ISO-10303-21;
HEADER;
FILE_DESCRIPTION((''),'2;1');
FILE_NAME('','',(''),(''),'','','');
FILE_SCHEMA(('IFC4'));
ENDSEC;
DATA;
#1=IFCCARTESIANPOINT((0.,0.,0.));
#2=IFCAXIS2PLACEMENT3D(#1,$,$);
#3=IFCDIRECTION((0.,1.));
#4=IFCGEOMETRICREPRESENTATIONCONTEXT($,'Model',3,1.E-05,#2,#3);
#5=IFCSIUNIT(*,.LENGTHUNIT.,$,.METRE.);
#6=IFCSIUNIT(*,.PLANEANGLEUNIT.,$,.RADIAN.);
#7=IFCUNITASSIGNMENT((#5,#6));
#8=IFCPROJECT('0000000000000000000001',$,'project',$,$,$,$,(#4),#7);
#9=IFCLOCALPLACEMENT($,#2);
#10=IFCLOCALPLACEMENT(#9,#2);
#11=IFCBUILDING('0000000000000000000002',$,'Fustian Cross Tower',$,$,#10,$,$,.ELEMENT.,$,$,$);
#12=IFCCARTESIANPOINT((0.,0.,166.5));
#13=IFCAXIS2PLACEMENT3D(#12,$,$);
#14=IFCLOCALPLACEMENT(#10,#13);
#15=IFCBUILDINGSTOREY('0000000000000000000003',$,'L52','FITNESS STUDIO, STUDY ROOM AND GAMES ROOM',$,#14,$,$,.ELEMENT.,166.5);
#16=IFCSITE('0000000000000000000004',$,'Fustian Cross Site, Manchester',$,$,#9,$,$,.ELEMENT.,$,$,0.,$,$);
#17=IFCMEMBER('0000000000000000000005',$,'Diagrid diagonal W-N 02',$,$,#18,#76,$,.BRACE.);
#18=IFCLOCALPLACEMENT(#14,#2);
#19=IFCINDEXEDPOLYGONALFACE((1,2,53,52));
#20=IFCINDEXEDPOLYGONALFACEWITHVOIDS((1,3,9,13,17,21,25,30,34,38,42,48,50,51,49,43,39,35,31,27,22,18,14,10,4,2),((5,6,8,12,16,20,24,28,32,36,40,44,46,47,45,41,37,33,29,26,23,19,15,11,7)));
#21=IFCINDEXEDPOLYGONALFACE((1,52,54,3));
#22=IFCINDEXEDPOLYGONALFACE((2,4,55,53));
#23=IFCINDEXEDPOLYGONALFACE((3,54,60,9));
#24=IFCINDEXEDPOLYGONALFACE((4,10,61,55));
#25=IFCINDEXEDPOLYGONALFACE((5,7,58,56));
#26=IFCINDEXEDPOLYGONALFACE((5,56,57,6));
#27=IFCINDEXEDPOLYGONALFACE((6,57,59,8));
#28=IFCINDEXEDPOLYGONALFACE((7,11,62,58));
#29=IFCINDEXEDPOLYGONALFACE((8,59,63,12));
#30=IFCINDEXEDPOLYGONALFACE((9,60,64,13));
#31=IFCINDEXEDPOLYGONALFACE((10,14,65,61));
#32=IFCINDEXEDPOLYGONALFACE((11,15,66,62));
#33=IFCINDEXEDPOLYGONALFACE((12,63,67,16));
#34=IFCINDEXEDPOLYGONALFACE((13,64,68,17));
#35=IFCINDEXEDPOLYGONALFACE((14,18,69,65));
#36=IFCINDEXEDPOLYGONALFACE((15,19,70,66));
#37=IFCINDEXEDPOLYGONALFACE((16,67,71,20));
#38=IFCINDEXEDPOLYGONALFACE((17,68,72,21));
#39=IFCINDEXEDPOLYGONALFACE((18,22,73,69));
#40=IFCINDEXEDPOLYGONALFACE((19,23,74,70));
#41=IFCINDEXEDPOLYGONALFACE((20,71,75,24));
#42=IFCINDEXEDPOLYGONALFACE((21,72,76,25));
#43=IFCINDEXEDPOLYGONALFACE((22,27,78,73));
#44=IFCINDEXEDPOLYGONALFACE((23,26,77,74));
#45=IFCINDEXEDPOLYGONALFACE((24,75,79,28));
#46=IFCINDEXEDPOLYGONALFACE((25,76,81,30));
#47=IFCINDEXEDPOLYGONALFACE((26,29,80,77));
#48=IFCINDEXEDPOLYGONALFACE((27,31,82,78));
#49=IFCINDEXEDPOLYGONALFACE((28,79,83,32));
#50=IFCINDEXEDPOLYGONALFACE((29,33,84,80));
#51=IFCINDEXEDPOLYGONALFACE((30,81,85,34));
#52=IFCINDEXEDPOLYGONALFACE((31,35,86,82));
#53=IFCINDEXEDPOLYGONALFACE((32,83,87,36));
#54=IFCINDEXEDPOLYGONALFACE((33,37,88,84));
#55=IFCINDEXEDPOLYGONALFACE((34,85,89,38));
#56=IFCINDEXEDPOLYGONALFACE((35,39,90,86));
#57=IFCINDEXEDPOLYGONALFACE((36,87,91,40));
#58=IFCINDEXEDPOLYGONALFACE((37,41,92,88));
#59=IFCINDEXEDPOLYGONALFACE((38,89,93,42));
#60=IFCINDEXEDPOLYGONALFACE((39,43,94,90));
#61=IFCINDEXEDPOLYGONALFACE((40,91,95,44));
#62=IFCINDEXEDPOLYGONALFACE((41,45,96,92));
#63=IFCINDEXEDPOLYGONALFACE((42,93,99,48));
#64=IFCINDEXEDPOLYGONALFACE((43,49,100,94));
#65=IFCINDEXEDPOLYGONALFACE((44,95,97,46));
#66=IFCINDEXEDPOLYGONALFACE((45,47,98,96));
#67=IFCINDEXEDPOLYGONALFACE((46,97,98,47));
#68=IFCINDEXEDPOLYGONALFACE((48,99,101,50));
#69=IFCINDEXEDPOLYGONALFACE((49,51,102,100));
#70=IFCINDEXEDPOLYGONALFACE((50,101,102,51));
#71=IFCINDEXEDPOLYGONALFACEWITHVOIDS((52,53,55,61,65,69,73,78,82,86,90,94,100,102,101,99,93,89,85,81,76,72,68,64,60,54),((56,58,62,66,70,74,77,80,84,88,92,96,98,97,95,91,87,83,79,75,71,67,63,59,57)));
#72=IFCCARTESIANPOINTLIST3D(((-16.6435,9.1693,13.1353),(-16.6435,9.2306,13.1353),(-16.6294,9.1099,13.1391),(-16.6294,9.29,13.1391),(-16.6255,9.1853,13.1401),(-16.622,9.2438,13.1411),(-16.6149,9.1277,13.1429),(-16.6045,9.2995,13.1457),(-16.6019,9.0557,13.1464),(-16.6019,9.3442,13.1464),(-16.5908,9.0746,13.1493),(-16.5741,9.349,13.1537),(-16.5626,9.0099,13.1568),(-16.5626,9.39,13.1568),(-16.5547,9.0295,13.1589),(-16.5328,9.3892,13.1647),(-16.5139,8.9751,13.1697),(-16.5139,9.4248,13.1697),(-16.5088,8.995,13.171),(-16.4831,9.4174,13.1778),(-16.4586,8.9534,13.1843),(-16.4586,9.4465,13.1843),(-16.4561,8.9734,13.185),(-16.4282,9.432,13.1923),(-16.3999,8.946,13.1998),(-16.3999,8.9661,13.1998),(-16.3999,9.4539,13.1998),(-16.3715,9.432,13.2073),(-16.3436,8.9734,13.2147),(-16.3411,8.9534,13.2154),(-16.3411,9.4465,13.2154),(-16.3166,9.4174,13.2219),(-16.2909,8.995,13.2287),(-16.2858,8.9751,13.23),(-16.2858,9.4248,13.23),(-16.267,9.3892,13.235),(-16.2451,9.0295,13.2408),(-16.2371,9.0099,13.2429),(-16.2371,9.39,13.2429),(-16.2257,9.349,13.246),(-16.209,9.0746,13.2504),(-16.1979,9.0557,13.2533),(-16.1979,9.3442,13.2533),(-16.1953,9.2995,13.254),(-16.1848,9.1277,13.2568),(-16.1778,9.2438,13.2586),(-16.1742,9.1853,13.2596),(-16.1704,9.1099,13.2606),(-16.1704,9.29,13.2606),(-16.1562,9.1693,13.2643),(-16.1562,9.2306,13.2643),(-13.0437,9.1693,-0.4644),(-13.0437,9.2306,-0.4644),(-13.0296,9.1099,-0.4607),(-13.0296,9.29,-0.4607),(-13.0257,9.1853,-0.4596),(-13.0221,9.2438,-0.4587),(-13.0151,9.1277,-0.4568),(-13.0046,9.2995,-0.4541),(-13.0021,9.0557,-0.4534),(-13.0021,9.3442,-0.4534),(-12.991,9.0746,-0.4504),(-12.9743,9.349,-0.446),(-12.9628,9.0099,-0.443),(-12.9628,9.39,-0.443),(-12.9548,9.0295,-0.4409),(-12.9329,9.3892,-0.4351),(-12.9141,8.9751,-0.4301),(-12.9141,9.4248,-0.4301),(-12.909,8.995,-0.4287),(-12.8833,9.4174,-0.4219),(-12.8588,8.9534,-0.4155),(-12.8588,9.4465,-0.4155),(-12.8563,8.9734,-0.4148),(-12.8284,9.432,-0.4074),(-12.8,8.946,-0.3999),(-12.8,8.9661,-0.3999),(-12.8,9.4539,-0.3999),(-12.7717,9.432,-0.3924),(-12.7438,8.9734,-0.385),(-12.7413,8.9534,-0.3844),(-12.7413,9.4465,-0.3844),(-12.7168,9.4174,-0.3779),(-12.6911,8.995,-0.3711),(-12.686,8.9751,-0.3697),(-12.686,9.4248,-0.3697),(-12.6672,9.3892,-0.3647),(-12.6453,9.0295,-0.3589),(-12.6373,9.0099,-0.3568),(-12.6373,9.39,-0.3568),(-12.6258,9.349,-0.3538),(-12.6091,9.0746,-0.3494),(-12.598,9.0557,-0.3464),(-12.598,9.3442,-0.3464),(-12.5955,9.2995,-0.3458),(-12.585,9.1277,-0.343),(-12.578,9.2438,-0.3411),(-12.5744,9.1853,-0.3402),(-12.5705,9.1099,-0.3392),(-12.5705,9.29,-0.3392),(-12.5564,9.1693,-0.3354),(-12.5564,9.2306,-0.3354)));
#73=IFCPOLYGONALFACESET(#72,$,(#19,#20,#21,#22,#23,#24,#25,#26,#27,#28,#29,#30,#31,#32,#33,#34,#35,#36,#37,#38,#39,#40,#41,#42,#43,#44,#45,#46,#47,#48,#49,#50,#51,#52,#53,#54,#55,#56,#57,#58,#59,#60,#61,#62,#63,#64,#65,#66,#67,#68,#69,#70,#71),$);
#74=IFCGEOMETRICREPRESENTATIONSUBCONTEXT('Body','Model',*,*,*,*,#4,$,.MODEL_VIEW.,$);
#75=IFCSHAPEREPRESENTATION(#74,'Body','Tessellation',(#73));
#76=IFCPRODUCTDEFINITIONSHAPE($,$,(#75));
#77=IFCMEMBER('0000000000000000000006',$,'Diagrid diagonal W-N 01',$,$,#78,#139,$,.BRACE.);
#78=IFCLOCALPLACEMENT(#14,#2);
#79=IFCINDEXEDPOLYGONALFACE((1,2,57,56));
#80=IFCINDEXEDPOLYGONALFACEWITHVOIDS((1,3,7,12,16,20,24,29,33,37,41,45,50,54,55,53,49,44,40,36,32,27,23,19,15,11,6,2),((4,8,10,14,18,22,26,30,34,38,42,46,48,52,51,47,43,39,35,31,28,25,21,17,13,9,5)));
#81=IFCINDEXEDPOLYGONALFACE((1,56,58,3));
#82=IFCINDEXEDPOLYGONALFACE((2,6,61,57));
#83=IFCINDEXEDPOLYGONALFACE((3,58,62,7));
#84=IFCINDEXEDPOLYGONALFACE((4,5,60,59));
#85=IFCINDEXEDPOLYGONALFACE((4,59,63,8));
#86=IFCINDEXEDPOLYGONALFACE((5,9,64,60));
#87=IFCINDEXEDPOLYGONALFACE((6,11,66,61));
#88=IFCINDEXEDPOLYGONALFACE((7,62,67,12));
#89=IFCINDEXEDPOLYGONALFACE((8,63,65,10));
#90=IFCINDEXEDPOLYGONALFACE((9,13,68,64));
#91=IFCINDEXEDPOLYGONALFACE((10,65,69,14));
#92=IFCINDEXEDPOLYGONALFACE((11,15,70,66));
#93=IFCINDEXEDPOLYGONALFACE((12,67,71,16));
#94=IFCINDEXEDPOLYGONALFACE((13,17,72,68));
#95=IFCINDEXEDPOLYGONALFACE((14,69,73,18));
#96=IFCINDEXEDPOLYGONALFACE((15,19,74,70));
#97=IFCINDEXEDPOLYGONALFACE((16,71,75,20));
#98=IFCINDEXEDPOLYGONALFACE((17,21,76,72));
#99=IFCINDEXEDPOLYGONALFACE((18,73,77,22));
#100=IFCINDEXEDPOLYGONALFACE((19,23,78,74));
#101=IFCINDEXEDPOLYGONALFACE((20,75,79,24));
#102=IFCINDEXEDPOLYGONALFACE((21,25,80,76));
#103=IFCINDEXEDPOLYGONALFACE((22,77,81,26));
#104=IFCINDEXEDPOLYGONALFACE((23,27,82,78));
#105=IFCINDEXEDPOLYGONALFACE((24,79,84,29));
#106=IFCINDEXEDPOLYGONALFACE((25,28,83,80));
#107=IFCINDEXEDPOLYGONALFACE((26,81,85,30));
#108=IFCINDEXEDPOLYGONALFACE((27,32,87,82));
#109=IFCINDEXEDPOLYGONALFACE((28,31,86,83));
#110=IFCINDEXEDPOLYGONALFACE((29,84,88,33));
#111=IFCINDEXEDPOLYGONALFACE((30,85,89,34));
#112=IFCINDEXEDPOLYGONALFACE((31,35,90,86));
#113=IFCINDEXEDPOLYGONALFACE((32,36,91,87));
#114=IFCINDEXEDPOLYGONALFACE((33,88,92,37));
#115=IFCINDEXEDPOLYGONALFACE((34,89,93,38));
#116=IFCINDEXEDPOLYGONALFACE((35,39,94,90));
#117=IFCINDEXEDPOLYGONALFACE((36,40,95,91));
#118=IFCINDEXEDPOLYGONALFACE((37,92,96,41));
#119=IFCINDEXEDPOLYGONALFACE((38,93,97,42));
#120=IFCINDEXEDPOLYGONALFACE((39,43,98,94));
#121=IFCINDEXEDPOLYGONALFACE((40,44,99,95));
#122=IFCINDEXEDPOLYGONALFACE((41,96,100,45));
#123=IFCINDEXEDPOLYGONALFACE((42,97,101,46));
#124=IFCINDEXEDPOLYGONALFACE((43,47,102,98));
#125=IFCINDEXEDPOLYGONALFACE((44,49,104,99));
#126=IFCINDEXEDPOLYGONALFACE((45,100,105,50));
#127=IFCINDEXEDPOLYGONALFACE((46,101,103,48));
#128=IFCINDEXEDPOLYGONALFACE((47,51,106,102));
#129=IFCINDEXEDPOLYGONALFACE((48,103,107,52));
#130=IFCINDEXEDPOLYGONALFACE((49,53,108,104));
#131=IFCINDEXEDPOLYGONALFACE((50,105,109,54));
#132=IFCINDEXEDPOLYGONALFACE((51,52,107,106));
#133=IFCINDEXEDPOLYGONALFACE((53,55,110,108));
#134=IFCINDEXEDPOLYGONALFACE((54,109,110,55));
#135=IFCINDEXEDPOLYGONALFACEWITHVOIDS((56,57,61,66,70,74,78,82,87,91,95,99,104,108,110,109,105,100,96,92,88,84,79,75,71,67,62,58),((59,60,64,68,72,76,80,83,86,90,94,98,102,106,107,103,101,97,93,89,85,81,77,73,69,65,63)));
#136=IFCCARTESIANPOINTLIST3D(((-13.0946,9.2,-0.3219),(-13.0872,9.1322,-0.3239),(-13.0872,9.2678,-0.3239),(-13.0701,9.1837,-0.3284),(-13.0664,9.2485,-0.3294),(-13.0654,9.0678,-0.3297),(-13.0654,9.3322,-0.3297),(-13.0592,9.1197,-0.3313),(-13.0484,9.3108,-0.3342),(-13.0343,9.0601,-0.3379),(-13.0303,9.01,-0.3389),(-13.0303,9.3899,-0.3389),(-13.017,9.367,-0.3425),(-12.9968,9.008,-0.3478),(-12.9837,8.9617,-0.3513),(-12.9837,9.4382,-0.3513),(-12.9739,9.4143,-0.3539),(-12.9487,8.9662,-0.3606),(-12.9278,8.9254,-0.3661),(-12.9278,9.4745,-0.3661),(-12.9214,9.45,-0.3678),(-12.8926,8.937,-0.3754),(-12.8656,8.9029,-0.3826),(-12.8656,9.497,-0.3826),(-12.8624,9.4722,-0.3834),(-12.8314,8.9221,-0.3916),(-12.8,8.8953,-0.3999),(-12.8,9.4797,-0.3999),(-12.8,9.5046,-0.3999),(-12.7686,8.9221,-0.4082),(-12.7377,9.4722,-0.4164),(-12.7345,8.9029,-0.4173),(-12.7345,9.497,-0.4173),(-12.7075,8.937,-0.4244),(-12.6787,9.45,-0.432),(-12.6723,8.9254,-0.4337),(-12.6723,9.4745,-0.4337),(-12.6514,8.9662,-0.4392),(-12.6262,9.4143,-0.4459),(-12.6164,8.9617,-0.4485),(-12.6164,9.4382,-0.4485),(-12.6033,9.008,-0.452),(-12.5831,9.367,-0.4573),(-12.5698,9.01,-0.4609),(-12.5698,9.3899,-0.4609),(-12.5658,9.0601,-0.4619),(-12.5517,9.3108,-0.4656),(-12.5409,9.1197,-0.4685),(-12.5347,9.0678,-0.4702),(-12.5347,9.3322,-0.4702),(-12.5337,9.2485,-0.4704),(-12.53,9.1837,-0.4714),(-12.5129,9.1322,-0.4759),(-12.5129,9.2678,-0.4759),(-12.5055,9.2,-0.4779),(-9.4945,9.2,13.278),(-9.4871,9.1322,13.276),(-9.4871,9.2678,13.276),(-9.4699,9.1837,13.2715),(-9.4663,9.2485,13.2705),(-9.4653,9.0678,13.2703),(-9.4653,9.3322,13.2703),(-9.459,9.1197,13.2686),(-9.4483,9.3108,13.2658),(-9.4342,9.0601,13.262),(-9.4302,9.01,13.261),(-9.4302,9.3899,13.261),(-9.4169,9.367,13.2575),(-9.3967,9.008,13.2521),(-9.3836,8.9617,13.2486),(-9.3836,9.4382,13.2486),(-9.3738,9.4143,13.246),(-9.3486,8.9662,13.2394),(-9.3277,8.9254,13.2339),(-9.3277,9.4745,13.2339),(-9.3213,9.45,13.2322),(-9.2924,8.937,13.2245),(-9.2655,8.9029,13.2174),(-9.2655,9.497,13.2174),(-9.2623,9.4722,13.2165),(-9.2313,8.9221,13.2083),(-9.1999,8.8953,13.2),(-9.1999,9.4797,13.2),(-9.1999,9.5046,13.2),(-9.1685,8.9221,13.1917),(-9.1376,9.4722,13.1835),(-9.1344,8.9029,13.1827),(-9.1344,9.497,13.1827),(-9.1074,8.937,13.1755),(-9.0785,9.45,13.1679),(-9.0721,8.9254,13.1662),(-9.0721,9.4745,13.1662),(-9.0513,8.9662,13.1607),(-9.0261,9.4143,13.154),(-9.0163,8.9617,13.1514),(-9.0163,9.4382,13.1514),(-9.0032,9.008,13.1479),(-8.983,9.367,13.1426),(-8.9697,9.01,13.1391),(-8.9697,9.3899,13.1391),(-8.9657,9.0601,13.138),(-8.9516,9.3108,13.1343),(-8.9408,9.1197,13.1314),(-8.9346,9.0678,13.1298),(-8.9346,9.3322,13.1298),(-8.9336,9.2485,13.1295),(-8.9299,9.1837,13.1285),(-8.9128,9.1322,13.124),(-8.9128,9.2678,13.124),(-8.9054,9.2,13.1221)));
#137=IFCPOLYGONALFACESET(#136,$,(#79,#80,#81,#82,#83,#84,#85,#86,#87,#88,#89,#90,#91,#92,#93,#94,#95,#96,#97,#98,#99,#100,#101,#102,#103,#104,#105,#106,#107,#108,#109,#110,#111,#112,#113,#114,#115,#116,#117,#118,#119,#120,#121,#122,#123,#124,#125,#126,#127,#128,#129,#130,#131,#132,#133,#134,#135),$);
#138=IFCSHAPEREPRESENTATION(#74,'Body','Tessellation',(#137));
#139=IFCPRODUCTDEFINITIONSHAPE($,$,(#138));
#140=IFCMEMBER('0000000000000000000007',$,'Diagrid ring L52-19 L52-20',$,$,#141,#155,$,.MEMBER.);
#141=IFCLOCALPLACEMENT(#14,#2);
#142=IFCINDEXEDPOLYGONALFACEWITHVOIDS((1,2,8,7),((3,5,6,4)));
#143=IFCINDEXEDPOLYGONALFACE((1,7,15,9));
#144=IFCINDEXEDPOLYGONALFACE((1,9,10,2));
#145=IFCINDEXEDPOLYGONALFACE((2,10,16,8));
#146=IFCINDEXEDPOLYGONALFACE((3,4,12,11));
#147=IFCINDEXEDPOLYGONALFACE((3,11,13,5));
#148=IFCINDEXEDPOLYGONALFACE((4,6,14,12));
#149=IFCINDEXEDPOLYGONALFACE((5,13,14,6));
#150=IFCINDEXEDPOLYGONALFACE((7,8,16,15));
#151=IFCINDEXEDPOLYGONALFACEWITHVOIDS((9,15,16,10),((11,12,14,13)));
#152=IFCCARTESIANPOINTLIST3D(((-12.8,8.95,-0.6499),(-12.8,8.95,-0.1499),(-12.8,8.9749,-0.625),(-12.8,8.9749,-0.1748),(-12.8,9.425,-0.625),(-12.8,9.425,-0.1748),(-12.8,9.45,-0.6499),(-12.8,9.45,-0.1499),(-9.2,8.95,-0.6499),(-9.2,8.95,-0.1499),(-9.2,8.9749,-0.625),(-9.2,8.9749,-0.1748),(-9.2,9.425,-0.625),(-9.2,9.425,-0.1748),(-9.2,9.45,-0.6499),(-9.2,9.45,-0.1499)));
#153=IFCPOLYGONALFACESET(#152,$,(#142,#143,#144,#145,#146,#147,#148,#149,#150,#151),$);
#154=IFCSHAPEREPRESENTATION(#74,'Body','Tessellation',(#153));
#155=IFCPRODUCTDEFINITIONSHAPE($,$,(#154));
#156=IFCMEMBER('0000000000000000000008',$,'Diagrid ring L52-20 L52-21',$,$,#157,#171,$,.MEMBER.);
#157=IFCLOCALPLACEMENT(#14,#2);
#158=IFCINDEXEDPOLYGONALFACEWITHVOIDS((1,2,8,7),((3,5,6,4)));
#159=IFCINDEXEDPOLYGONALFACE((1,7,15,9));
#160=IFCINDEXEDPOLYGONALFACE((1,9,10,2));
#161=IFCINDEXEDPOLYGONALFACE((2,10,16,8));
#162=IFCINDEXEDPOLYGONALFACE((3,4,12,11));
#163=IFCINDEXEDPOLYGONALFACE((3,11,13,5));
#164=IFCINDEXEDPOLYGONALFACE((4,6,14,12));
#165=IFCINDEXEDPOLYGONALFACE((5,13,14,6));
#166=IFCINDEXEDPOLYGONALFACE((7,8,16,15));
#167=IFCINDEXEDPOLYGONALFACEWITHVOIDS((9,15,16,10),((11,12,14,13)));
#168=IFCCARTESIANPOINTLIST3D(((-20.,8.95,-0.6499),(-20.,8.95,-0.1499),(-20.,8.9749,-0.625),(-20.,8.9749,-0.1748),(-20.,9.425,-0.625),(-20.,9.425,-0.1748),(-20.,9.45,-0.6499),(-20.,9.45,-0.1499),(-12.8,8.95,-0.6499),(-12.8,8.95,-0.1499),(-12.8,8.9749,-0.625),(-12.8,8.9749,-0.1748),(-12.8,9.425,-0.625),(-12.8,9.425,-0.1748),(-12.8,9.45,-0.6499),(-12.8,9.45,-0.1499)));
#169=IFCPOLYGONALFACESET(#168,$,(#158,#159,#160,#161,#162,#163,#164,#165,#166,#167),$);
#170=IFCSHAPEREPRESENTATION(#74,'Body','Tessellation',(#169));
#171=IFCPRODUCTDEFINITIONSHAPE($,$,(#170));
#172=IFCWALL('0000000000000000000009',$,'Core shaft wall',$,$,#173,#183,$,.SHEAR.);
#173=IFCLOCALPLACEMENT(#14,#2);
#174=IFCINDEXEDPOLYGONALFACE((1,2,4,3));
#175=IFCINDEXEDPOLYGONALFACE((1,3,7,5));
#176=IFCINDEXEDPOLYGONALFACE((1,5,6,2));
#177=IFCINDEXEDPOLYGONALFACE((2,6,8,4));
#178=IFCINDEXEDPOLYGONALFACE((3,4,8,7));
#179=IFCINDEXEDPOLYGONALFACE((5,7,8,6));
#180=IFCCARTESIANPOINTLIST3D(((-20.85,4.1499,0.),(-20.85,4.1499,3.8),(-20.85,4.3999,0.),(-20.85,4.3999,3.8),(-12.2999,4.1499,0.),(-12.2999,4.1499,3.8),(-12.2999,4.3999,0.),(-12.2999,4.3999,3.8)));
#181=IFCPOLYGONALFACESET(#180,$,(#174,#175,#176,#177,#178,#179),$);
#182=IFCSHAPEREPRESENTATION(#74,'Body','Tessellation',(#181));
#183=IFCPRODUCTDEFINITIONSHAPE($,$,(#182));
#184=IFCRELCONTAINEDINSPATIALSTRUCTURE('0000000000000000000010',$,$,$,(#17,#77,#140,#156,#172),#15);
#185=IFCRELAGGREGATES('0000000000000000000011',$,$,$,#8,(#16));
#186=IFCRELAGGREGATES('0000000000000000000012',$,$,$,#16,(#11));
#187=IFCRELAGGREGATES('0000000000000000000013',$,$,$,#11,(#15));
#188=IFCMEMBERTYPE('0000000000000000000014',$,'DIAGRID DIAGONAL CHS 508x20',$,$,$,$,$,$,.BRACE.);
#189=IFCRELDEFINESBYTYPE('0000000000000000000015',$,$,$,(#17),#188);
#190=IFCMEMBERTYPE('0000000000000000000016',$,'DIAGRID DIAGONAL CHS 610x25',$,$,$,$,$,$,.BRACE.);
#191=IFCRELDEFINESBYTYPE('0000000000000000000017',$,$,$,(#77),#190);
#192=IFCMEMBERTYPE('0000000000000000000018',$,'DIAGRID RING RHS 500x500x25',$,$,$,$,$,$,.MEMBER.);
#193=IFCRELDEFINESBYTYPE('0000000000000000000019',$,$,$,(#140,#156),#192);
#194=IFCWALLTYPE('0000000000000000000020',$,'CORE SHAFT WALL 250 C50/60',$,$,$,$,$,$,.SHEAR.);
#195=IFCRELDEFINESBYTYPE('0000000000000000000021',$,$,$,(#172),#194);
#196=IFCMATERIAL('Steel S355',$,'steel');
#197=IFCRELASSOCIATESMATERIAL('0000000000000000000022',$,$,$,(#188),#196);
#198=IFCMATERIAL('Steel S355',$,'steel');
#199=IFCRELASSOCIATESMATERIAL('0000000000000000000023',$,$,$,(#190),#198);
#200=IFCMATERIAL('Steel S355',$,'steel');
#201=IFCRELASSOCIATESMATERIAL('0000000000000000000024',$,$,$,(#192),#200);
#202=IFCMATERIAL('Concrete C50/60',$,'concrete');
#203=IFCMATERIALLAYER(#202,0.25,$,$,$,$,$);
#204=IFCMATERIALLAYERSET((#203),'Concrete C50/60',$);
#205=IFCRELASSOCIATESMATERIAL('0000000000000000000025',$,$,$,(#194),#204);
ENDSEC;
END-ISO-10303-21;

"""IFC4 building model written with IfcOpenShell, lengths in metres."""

from ifc_helpers import new_model, si_unit, direction, frame, frame_2d, origin, origin_2d, place, context, subcontext, project, spatial, rectangle, hollow_rectangle, hollow_circle, extrude, material, layer, layer_set, material_profile, profile_set, type_object, element, save


model = new_model("IFC4")

# Units and contexts
model_context = context("Model", 3, precision=1e-05, world=origin(), true_north=direction((0.0, 1.0)))
body_context = subcontext(model_context, "Body", "Model", "MODEL_VIEW")
ifc_project = project(units=[si_unit("LENGTHUNIT", "METRE"), si_unit("PLANEANGLEUNIT", "RADIAN")], contexts=[model_context])

# Site, building, storey
site_placement = place(None, origin())
site = spatial("IfcSite", under=ifc_project, at=site_placement, Name="Fustian Cross Site, Manchester", CompositionType="ELEMENT", RefElevation=0.0)
building_placement = place(site_placement, origin())
building = spatial("IfcBuilding", under=site, at=building_placement, Name="Fustian Cross Tower", CompositionType="ELEMENT")
storey_placement = place(building_placement, frame((0.0, 0.0, 166.5)))
storey = spatial("IfcBuildingStorey", under=building, at=storey_placement, Name="L52", Description="FITNESS STUDIO, STUDY ROOM AND GAMES ROOM", CompositionType="ELEMENT", Elevation=166.5)

# Members
ifc_material_1 = material(Name="Steel S355", Category="steel")
ifc_material_profile_1 = material_profile(ifc_material_1, hollow_circle(Radius=0.2539, WallThickness=0.02, at=origin_2d()), Name="CHS 508x20")
ifc_profile_set_1 = profile_set([ifc_material_profile_1], Name="Steel S355")
member_type_1 = type_object("IfcMemberType", Name="DIAGRID DIAGONAL CHS 508x20", PredefinedType="BRACE", material=ifc_profile_set_1)
member_1_placement = place(storey_placement, frame((-12.8, 9.2, -0.3999), z_axis=(-0.255885, 0.0, 0.966707), x_axis=(0.0, -1.0, 0.0)))
element("IfcMember", 1, at=member_1_placement, inside=storey, type_object=member_type_1, Name="Diagrid diagonal W-N 02", PredefinedType="BRACE", context=body_context, shape_type="SweptSolid", body=[
    extrude(hollow_circle(Radius=0.2539, WallThickness=0.02, at=origin_2d()), origin(), (0.0, 0.0, 1.0), 14.0681),
])
ifc_material_2 = material(Name="Steel S355", Category="steel")
ifc_material_profile_2 = material_profile(ifc_material_2, hollow_circle(Radius=0.3047, WallThickness=0.0249, at=origin_2d()), Name="CHS 610x25")
ifc_profile_set_2 = profile_set([ifc_material_profile_2], Name="Steel S355")
member_type_2 = type_object("IfcMemberType", Name="DIAGRID DIAGONAL CHS 610x25", PredefinedType="BRACE", material=ifc_profile_set_2)
member_2_placement = place(storey_placement, frame((-12.8, 9.2, -0.3999), z_axis=(0.255902, 0.0, 0.966703), x_axis=(0.0, 1.0, 0.0)))
element("IfcMember", 2, at=member_2_placement, inside=storey, type_object=member_type_2, Name="Diagrid diagonal W-N 01", PredefinedType="BRACE", context=body_context, shape_type="SweptSolid", body=[
    extrude(hollow_circle(Radius=0.3047, WallThickness=0.0249, at=origin_2d()), origin(), (0.0, 0.0, 1.0), 14.0684),
])
ifc_material_3 = material(Name="Steel S355", Category="steel")
ifc_material_profile_3 = material_profile(ifc_material_3, hollow_rectangle(XDim=0.5, YDim=0.5, WallThickness=0.0249, at=origin_2d()), Name="RHS 500x500x25")
ifc_profile_set_3 = profile_set([ifc_material_profile_3], Name="Steel S355")
member_type_3 = type_object("IfcMemberType", Name="DIAGRID RING RHS 500x500x25", PredefinedType="MEMBER", material=ifc_profile_set_3)
member_3_placement = place(storey_placement, frame((-9.2, 9.2, -0.3999), z_axis=(-1.0, 0.0, 0.0), x_axis=(0.0, -1.0, 0.0)))
element("IfcMember", 3, at=member_3_placement, inside=storey, type_object=member_type_3, Name="Diagrid ring L52-19 L52-20", PredefinedType="MEMBER", context=body_context, shape_type="SweptSolid", body=[
    extrude(hollow_rectangle(XDim=0.5, YDim=0.5, WallThickness=0.0249, at=origin_2d()), origin(), (0.0, 0.0, 1.0), 3.6001),
])
member_4_placement = place(storey_placement, frame((-12.8, 9.2, -0.3999), z_axis=(-1.0, 0.0, 0.0), x_axis=(0.0, -1.0, 0.0)))
element("IfcMember", 4, at=member_4_placement, inside=storey, type_object=member_type_3, Name="Diagrid ring L52-20 L52-21", PredefinedType="MEMBER", context=body_context, shape_type="SweptSolid", body=[
    extrude(hollow_rectangle(XDim=0.5, YDim=0.5, WallThickness=0.0249, at=origin_2d()), origin(), (0.0, 0.0, 1.0), 7.2),
])

# Wall
ifc_material_4 = material(Name="Concrete C50/60", Category="concrete")
ifc_layer = layer(ifc_material_4, 0.25)
ifc_layer_set = layer_set([ifc_layer], Name="Concrete C50/60")
wall_type = type_object("IfcWallType", Name="CORE SHAFT WALL 250 C50/60", PredefinedType="SHEAR", material=ifc_layer_set)
wall_1_placement = place(storey_placement, frame((-12.3, 4.2749, 0.0), z_axis=(0.0, 0.0, 1.0), x_axis=(-1.0, 0.0, 0.0)))
element("IfcWall", 5, at=wall_1_placement, inside=storey, type_object=wall_type, Name="Core shaft wall", PredefinedType="SHEAR", context=body_context, shape_type="SweptSolid", body=[
    extrude(rectangle(XDim=8.55, YDim=0.25, at=frame_2d((4.2749, 0.0))), origin(), (0.0, 0.0, 1.0), 3.8),
])

save(model, "model.ifc")
